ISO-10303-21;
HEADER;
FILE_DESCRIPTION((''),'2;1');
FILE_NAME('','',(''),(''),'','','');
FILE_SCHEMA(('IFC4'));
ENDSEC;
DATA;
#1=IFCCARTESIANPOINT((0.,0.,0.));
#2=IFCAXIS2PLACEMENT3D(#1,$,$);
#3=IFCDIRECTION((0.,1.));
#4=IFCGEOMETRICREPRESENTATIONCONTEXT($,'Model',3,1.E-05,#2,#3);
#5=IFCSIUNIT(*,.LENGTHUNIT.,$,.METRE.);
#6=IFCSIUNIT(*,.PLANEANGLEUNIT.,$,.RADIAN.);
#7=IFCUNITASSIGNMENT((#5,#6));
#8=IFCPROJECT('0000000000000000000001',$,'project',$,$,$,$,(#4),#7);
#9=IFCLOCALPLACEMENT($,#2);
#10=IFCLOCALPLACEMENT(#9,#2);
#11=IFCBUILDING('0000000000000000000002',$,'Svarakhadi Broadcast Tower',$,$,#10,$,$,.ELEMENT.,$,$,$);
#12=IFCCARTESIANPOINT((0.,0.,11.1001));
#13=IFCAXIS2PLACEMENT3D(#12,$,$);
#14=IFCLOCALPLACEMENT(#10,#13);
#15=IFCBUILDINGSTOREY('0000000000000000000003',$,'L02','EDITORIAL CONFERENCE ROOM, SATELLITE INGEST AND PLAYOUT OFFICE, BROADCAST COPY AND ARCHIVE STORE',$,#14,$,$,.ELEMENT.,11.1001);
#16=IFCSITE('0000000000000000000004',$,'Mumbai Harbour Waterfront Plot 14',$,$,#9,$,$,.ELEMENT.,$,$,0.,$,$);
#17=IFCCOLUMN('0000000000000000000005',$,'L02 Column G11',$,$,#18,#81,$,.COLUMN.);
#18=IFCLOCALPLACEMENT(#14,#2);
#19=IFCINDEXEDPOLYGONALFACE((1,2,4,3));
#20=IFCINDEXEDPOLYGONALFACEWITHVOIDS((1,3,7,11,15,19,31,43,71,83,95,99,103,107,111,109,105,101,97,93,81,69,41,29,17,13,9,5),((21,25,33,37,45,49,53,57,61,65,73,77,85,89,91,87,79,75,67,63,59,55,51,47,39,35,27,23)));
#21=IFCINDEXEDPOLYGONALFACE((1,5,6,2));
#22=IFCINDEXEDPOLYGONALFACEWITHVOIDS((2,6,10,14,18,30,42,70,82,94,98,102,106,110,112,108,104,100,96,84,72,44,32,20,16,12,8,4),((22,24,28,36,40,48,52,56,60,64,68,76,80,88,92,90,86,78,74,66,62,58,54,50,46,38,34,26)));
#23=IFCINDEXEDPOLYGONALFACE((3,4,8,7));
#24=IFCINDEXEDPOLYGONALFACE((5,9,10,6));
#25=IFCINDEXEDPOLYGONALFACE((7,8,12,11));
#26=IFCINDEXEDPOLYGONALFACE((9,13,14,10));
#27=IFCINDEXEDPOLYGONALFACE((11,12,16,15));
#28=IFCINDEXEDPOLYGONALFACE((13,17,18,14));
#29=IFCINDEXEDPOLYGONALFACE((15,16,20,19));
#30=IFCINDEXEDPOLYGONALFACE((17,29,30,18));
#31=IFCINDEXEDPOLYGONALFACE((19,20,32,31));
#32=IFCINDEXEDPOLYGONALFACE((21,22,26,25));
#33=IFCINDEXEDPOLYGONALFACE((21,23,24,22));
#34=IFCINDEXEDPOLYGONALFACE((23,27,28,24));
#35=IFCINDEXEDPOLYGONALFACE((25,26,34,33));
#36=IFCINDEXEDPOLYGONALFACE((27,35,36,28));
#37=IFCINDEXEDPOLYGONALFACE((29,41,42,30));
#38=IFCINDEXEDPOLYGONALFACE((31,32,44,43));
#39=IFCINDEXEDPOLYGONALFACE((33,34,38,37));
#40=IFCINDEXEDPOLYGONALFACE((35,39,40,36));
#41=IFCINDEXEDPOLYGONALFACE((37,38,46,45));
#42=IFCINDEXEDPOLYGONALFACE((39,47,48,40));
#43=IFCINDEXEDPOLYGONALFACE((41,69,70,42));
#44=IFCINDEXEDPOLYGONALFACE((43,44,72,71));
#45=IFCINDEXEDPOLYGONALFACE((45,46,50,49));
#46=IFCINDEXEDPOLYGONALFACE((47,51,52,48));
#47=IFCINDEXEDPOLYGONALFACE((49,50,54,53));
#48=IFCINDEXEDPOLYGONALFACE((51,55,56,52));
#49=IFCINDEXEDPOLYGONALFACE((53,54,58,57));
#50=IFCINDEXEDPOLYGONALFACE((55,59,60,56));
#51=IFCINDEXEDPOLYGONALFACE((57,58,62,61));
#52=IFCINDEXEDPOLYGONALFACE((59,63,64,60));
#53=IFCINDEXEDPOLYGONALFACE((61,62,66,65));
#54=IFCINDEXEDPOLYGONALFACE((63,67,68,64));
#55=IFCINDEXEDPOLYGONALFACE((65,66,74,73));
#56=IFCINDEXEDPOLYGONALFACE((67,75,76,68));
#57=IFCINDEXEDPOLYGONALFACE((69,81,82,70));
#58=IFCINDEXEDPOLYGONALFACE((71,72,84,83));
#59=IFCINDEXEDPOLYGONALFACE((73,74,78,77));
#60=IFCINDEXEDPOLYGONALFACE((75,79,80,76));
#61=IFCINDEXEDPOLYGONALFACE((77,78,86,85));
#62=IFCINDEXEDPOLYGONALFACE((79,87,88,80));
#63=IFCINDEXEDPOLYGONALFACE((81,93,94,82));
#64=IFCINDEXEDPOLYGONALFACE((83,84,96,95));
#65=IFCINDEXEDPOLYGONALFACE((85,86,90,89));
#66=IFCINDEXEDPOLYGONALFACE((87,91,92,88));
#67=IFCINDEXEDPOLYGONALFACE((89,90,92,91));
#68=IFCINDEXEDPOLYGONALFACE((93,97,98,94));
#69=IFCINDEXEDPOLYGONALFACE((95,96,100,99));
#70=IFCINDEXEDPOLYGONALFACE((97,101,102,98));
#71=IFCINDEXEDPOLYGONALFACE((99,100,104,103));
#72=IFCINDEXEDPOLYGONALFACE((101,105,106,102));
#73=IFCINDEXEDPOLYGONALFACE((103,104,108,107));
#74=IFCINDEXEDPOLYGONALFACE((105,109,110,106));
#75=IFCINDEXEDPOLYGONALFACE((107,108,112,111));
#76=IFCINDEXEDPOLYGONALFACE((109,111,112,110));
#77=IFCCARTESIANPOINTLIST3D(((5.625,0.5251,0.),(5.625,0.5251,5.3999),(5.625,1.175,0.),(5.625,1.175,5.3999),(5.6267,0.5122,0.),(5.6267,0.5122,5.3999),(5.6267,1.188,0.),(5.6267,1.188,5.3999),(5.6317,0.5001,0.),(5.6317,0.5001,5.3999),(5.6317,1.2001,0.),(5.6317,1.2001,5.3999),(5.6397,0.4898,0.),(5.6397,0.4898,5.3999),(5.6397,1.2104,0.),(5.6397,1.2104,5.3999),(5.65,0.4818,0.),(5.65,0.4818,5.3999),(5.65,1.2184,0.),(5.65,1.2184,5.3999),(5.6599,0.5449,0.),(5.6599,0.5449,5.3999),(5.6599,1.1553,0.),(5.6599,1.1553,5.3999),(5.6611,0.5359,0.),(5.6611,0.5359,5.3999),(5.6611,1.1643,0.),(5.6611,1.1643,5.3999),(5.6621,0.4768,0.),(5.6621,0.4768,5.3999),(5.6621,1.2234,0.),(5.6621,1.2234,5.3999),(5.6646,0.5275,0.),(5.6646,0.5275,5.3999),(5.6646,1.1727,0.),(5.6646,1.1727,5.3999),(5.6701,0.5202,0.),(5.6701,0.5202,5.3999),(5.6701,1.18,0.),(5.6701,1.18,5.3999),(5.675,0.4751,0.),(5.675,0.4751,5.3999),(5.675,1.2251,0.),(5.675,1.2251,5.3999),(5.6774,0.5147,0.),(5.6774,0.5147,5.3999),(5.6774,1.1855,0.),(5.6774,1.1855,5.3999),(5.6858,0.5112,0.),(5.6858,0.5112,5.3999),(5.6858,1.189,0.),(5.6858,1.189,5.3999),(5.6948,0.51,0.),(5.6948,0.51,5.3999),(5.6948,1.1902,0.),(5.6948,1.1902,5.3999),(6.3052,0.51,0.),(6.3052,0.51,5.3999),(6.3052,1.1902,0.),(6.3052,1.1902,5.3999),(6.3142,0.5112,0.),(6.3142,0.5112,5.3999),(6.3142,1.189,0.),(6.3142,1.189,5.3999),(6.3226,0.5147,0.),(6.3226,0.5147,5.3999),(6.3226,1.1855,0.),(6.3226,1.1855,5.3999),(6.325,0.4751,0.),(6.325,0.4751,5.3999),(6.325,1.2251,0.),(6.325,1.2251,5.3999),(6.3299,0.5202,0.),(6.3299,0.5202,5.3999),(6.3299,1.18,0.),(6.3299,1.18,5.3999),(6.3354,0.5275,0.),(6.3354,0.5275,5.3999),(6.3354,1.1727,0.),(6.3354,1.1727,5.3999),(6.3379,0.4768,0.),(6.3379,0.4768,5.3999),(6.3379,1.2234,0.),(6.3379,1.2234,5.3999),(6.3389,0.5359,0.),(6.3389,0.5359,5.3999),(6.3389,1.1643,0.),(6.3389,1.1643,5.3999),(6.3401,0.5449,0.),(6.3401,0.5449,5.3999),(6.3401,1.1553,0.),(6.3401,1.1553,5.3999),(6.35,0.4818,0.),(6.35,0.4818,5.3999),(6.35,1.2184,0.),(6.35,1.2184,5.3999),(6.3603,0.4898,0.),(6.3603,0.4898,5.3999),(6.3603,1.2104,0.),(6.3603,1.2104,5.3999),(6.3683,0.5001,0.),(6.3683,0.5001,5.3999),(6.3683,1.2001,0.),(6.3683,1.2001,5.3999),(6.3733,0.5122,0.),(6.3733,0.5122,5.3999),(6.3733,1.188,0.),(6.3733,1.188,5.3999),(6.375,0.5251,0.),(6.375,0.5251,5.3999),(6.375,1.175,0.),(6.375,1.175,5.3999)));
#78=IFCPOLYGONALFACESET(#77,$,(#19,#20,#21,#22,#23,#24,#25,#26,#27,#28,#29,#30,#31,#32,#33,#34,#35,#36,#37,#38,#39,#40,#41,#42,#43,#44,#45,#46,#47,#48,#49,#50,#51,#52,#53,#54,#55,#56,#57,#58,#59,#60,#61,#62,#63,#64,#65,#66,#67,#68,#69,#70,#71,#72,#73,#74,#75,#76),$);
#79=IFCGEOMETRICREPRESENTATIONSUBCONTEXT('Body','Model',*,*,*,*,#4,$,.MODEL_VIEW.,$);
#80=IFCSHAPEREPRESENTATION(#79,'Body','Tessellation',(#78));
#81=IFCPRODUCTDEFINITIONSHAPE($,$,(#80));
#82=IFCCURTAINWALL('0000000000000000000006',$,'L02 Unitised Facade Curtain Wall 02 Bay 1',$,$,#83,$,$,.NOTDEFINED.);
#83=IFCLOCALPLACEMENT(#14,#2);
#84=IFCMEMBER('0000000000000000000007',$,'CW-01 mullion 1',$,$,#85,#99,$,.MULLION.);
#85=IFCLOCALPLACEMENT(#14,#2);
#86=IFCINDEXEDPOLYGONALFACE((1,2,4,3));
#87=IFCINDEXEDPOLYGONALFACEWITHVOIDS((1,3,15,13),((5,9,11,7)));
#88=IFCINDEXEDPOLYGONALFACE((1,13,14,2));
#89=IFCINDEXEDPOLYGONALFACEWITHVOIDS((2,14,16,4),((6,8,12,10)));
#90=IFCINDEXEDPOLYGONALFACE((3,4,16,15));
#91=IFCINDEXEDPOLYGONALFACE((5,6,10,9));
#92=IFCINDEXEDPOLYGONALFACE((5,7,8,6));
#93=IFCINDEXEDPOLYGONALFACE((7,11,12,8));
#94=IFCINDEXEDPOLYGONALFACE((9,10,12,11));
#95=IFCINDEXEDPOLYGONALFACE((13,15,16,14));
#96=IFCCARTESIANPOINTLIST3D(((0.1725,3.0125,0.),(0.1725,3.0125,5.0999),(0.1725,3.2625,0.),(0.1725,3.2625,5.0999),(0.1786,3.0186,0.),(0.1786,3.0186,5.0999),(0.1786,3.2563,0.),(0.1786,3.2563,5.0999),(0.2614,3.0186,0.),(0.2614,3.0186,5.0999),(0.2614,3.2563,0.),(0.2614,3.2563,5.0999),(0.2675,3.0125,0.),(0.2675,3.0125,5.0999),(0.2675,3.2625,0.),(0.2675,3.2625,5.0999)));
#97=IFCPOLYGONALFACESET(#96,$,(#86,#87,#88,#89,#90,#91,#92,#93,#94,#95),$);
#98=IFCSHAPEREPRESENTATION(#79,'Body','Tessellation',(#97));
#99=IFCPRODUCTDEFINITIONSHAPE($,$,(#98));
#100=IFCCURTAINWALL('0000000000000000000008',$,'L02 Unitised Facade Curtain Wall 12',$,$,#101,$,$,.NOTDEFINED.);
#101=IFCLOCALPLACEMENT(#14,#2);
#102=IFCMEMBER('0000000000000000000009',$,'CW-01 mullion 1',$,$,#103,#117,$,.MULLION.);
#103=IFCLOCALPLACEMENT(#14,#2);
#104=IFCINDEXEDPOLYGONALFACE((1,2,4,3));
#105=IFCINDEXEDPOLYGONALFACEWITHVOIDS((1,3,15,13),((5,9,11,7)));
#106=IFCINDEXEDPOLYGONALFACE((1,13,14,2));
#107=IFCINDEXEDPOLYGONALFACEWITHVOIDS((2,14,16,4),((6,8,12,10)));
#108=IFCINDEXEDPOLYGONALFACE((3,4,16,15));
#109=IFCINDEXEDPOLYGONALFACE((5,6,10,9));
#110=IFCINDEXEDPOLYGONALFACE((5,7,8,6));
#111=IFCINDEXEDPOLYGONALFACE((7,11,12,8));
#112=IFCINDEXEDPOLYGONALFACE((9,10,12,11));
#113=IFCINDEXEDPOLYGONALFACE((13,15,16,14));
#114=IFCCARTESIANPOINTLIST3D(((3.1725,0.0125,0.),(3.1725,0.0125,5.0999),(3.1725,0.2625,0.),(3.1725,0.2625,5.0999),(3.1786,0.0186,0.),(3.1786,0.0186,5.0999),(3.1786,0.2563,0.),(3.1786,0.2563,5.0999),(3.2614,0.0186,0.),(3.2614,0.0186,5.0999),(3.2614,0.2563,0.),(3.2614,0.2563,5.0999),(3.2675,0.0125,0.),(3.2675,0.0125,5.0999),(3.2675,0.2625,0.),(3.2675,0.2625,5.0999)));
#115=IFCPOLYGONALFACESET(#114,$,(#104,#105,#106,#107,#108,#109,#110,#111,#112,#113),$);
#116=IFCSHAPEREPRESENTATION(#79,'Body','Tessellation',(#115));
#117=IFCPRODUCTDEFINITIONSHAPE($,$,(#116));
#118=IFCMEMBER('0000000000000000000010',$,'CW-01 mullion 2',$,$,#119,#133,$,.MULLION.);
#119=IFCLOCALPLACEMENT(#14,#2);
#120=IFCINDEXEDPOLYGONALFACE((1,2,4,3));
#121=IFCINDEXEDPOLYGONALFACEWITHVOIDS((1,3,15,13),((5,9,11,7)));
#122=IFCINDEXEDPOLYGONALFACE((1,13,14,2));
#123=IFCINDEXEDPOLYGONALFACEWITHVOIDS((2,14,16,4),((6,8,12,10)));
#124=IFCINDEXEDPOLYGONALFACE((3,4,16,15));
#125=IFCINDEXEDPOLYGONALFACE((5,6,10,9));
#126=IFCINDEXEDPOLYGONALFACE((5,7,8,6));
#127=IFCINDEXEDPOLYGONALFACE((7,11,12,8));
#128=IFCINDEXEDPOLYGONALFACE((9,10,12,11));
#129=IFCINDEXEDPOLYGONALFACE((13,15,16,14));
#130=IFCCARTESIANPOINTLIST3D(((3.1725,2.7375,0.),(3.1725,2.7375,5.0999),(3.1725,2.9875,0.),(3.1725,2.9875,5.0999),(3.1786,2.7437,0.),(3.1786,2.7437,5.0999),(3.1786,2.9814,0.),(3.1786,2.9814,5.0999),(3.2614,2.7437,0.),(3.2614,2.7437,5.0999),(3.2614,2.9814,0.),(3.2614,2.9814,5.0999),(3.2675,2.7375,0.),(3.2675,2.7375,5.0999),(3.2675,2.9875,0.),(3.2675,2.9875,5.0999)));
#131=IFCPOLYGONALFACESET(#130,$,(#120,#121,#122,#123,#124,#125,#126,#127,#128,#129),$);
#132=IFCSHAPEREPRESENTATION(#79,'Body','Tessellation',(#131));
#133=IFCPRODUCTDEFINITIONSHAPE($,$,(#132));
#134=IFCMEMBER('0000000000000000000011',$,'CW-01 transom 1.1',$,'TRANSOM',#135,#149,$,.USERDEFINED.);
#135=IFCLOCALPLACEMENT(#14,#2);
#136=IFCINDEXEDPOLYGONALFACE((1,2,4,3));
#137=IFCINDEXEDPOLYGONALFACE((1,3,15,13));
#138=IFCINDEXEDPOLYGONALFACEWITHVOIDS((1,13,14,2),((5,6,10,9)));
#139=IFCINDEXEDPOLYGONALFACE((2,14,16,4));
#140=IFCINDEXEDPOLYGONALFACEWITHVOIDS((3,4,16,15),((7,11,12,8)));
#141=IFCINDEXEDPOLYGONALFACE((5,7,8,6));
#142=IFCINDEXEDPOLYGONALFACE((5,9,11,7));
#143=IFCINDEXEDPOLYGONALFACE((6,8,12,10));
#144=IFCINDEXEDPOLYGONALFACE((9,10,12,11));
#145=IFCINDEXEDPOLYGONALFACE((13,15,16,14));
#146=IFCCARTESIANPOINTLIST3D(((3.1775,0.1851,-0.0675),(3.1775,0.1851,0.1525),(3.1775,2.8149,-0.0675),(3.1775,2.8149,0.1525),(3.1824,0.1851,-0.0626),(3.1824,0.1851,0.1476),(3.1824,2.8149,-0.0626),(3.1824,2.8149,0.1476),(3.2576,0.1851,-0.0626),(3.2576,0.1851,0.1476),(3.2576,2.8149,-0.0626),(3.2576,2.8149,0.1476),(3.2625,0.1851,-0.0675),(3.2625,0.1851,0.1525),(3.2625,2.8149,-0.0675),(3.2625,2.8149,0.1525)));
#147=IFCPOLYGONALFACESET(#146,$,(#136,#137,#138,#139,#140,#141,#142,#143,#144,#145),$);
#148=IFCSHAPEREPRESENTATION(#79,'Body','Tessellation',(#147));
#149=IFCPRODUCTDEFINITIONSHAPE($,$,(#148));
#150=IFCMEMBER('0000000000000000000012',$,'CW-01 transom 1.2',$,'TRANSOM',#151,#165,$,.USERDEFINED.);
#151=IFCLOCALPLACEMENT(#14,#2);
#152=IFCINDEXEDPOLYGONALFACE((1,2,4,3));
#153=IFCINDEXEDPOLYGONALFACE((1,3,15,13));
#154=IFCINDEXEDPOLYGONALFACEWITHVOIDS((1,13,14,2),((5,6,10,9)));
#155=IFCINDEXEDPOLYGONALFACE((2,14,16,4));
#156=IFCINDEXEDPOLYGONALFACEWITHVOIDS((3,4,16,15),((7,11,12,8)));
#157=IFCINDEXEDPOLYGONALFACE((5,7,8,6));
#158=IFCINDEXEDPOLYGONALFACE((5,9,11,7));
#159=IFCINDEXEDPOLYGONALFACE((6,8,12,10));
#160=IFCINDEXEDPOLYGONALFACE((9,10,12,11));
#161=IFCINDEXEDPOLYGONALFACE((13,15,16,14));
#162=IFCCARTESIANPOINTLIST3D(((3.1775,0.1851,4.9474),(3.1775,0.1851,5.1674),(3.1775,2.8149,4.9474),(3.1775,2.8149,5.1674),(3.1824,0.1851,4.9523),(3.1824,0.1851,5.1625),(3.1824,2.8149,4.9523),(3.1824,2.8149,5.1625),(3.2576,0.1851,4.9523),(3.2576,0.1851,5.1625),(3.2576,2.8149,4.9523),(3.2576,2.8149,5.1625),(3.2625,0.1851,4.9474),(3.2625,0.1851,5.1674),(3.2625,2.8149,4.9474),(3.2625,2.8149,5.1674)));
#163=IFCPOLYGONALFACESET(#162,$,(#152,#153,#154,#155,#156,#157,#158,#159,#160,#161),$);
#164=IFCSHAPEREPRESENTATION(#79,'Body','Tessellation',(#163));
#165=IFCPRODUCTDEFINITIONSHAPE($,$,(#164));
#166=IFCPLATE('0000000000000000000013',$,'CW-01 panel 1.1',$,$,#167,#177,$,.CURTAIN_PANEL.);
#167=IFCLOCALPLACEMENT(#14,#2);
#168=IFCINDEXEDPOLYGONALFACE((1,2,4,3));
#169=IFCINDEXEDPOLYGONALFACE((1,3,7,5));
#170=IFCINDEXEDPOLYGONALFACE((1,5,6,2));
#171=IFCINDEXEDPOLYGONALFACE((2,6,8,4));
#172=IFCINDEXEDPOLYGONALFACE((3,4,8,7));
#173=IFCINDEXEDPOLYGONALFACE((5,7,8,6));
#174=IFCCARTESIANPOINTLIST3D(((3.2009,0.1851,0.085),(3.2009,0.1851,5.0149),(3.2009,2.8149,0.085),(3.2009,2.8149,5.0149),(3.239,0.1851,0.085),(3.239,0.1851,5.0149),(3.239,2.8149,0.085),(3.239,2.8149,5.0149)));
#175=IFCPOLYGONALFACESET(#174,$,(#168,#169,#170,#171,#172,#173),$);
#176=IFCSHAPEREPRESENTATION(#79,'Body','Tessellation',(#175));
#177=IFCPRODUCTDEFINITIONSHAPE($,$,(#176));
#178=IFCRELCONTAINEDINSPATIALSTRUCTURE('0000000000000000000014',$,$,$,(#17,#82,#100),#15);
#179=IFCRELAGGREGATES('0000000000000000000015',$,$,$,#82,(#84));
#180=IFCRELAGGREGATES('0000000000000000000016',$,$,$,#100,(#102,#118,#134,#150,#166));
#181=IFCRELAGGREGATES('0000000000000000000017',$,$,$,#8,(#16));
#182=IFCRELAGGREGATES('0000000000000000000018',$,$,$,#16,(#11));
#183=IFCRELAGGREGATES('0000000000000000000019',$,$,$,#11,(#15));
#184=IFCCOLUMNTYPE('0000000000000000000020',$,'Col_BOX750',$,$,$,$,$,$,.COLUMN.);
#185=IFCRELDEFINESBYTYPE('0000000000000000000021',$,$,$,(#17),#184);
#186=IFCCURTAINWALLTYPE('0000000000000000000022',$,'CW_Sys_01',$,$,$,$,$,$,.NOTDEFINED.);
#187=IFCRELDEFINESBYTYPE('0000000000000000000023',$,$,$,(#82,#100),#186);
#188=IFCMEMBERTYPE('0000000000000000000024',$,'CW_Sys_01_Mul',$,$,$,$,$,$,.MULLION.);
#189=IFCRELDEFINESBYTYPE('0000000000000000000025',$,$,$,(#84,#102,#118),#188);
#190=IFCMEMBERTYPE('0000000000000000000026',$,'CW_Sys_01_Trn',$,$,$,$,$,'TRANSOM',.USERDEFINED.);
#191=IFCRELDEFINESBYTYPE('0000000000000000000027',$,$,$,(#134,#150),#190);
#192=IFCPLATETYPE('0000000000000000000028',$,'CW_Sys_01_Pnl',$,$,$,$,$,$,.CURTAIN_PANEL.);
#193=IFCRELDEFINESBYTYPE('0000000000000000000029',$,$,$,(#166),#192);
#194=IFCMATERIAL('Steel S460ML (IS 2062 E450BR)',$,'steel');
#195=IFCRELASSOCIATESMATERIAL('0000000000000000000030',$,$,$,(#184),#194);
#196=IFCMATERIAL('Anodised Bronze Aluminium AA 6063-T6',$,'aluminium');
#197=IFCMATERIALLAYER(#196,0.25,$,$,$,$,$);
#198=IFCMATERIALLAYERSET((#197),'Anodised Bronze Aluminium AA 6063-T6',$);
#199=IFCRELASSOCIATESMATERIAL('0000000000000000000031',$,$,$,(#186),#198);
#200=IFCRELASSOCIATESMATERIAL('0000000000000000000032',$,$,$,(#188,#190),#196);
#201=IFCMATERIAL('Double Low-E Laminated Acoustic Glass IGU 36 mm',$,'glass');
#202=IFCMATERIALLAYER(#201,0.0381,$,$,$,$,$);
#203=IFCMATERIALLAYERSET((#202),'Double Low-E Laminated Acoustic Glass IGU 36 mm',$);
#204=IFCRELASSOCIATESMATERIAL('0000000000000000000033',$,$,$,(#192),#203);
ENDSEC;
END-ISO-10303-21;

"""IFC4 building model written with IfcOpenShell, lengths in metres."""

from ifc_helpers import new_model, si_unit, direction, frame, origin, origin_2d, place, context, subcontext, project, spatial, rectangle, hollow_rectangle, extrude, material, layer, layer_set, material_profile, profile_set, type_object, element, aggregate, save


model = new_model("IFC4")

# Units and contexts
model_context = context("Model", 3, precision=1e-05, world=origin(), true_north=direction((0.0, 1.0)))
body_context = subcontext(model_context, "Body", "Model", "MODEL_VIEW")
ifc_project = project(units=[si_unit("LENGTHUNIT", "METRE"), si_unit("PLANEANGLEUNIT", "RADIAN")], contexts=[model_context])

# Site, building, storey
site_placement = place(None, origin())
site = spatial("IfcSite", under=ifc_project, at=site_placement, Name="Mumbai Harbour Waterfront Plot 14", CompositionType="ELEMENT", RefElevation=0.0)
building_placement = place(site_placement, origin())
building = spatial("IfcBuilding", under=site, at=building_placement, Name="Svarakhadi Broadcast Tower", CompositionType="ELEMENT")
storey_placement = place(building_placement, frame((0.0, 0.0, 11.1001)))
storey = spatial("IfcBuildingStorey", under=building, at=storey_placement, Name="L02", Description="EDITORIAL CONFERENCE ROOM, SATELLITE INGEST AND PLAYOUT OFFICE, BROADCAST COPY AND ARCHIVE STORE", CompositionType="ELEMENT", Elevation=11.1001)

# Column
ifc_material_1 = material(Name="Steel S460ML (IS 2062 E450BR)", Category="steel")
ifc_material_profile_1 = material_profile(ifc_material_1, hollow_rectangle(XDim=0.75, YDim=0.75, WallThickness=0.0349, InnerFilletRadius=0.0349, OuterFilletRadius=0.05, at=origin_2d()), Name="BOX 750x750x35")
ifc_profile_set_1 = profile_set([ifc_material_profile_1], Name="Steel S460ML (IS 2062 E450BR)")
column_type = type_object("IfcColumnType", Name="Col_BOX750", PredefinedType="COLUMN", material=ifc_profile_set_1)
column_placement = place(storey_placement, frame((6.0, 0.8501, 0.0), z_axis=(0.0, 0.0, 1.0), x_axis=(1.0, 0.0, 0.0)))
element("IfcColumn", 1, at=column_placement, inside=storey, type_object=column_type, Name="L02 Column G11", PredefinedType="COLUMN", context=body_context, shape_type="SweptSolid", body=[
    extrude(hollow_rectangle(XDim=0.75, YDim=0.75, WallThickness=0.0349, InnerFilletRadius=0.0349, OuterFilletRadius=0.05, at=origin_2d()), origin(), (0.0, 0.0, 1.0), 5.3999),
])

# Curtain wall, member
ifc_material_2 = material(Name="Anodised Bronze Aluminium AA 6063-T6", Category="aluminium")
ifc_layer_1 = layer(ifc_material_2, 0.25)
ifc_layer_set_1 = layer_set([ifc_layer_1], Name="Anodised Bronze Aluminium AA 6063-T6")
curtain_wall_type = type_object("IfcCurtainWallType", Name="CW_Sys_01", PredefinedType="NOTDEFINED", material=ifc_layer_set_1)
curtain_wall_1_placement = place(storey_placement, origin())
curtain_wall_1 = element("IfcCurtainWall", 2, at=curtain_wall_1_placement, inside=storey, type_object=curtain_wall_type, Name="L02 Unitised Facade Curtain Wall 02 Bay 1", PredefinedType="NOTDEFINED")
ifc_material_profile_2 = material_profile(ifc_material_2, hollow_rectangle(XDim=0.095, YDim=0.25, WallThickness=0.0061, at=origin_2d()), Name="ALU MULLION 250x95x6")
ifc_profile_set_2 = profile_set([ifc_material_profile_2], Name="Anodised Bronze Aluminium AA 6063-T6")
member_type_1 = type_object("IfcMemberType", Name="CW_Sys_01_Mul", PredefinedType="MULLION", material=ifc_profile_set_2)
member_1_placement = place(storey_placement, frame((0.22, 3.1375, 0.0), z_axis=(0.0, 0.0, 1.0), x_axis=(-1.0, 0.0, 0.0)))
member_1 = element("IfcMember", 3, at=member_1_placement, type_object=member_type_1, Name="CW-01 mullion 1", PredefinedType="MULLION", context=body_context, shape_type="SweptSolid", body=[
    extrude(hollow_rectangle(XDim=0.095, YDim=0.25, WallThickness=0.0061, at=origin_2d()), origin(), (0.0, 0.0, 1.0), 5.0999),
])
aggregate(curtain_wall_1, [member_1])

# Curtain wall, members, plate
curtain_wall_2_placement = place(storey_placement, origin())
curtain_wall_2 = element("IfcCurtainWall", 4, at=curtain_wall_2_placement, inside=storey, type_object=curtain_wall_type, Name="L02 Unitised Facade Curtain Wall 12", PredefinedType="NOTDEFINED")
member_2_placement = place(storey_placement, frame((3.22, 0.1375, 0.0), z_axis=(0.0, 0.0, 1.0), x_axis=(-1.0, 0.0, 0.0)))
member_2 = element("IfcMember", 5, at=member_2_placement, type_object=member_type_1, Name="CW-01 mullion 1", PredefinedType="MULLION", context=body_context, shape_type="SweptSolid", body=[
    extrude(hollow_rectangle(XDim=0.095, YDim=0.25, WallThickness=0.0061, at=origin_2d()), origin(), (0.0, 0.0, 1.0), 5.0999),
])
member_3_placement = place(storey_placement, frame((3.22, 2.8625, 0.0), z_axis=(0.0, 0.0, 1.0), x_axis=(-1.0, 0.0, 0.0)))
member_3 = element("IfcMember", 6, at=member_3_placement, type_object=member_type_1, Name="CW-01 mullion 2", PredefinedType="MULLION", context=body_context, shape_type="SweptSolid", body=[
    extrude(hollow_rectangle(XDim=0.095, YDim=0.25, WallThickness=0.0061, at=origin_2d()), origin(), (0.0, 0.0, 1.0), 5.0999),
])
ifc_material_profile_3 = material_profile(ifc_material_2, hollow_rectangle(XDim=0.085, YDim=0.22, WallThickness=0.0049, at=origin_2d()), Name="ALU TRANSOM 220x85x5")
ifc_profile_set_3 = profile_set([ifc_material_profile_3], Name="Anodised Bronze Aluminium AA 6063-T6")
member_type_2 = type_object("IfcMemberType", Name="CW_Sys_01_Trn", ElementType="TRANSOM", PredefinedType="USERDEFINED", material=ifc_profile_set_3)
member_4_placement = place(storey_placement, frame((3.22, 0.1851, 0.0425), z_axis=(0.0, 1.0, 0.0), x_axis=(-1.0, 0.0, 0.0)))
member_4 = element("IfcMember", 7, at=member_4_placement, type_object=member_type_2, Name="CW-01 transom 1.1", ObjectType="TRANSOM", PredefinedType="USERDEFINED", context=body_context, shape_type="SweptSolid", body=[
    extrude(hollow_rectangle(XDim=0.085, YDim=0.22, WallThickness=0.0049, at=origin_2d()), origin(), (0.0, 0.0, 1.0), 2.6299),
])
member_5_placement = place(storey_placement, frame((3.22, 0.1851, 5.0574), z_axis=(0.0, 1.0, 0.0), x_axis=(-1.0, 0.0, 0.0)))
member_5 = element("IfcMember", 8, at=member_5_placement, type_object=member_type_2, Name="CW-01 transom 1.2", ObjectType="TRANSOM", PredefinedType="USERDEFINED", context=body_context, shape_type="SweptSolid", body=[
    extrude(hollow_rectangle(XDim=0.085, YDim=0.22, WallThickness=0.0049, at=origin_2d()), origin(), (0.0, 0.0, 1.0), 2.6299),
])
ifc_material_3 = material(Name="Double Low-E Laminated Acoustic Glass IGU 36 mm", Category="glass")
ifc_layer_2 = layer(ifc_material_3, 0.0381)
ifc_layer_set_2 = layer_set([ifc_layer_2], Name="Double Low-E Laminated Acoustic Glass IGU 36 mm")
plate_type = type_object("IfcPlateType", Name="CW_Sys_01_Pnl", PredefinedType="CURTAIN_PANEL", material=ifc_layer_set_2)
plate_placement = place(storey_placement, frame((3.22, 1.5, 0.085), z_axis=(0.0, 0.0, 1.0), x_axis=(0.0, 1.0, 0.0)))
plate = element("IfcPlate", 9, at=plate_placement, type_object=plate_type, Name="CW-01 panel 1.1", PredefinedType="CURTAIN_PANEL", context=body_context, shape_type="SweptSolid", body=[
    extrude(rectangle(XDim=2.6299, YDim=0.0381, at=origin_2d()), origin(), (0.0, 0.0, 1.0), 4.9299),
])
aggregate(curtain_wall_2, [member_2, member_3, member_4, member_5, plate])

save(model, "model.ifc")
